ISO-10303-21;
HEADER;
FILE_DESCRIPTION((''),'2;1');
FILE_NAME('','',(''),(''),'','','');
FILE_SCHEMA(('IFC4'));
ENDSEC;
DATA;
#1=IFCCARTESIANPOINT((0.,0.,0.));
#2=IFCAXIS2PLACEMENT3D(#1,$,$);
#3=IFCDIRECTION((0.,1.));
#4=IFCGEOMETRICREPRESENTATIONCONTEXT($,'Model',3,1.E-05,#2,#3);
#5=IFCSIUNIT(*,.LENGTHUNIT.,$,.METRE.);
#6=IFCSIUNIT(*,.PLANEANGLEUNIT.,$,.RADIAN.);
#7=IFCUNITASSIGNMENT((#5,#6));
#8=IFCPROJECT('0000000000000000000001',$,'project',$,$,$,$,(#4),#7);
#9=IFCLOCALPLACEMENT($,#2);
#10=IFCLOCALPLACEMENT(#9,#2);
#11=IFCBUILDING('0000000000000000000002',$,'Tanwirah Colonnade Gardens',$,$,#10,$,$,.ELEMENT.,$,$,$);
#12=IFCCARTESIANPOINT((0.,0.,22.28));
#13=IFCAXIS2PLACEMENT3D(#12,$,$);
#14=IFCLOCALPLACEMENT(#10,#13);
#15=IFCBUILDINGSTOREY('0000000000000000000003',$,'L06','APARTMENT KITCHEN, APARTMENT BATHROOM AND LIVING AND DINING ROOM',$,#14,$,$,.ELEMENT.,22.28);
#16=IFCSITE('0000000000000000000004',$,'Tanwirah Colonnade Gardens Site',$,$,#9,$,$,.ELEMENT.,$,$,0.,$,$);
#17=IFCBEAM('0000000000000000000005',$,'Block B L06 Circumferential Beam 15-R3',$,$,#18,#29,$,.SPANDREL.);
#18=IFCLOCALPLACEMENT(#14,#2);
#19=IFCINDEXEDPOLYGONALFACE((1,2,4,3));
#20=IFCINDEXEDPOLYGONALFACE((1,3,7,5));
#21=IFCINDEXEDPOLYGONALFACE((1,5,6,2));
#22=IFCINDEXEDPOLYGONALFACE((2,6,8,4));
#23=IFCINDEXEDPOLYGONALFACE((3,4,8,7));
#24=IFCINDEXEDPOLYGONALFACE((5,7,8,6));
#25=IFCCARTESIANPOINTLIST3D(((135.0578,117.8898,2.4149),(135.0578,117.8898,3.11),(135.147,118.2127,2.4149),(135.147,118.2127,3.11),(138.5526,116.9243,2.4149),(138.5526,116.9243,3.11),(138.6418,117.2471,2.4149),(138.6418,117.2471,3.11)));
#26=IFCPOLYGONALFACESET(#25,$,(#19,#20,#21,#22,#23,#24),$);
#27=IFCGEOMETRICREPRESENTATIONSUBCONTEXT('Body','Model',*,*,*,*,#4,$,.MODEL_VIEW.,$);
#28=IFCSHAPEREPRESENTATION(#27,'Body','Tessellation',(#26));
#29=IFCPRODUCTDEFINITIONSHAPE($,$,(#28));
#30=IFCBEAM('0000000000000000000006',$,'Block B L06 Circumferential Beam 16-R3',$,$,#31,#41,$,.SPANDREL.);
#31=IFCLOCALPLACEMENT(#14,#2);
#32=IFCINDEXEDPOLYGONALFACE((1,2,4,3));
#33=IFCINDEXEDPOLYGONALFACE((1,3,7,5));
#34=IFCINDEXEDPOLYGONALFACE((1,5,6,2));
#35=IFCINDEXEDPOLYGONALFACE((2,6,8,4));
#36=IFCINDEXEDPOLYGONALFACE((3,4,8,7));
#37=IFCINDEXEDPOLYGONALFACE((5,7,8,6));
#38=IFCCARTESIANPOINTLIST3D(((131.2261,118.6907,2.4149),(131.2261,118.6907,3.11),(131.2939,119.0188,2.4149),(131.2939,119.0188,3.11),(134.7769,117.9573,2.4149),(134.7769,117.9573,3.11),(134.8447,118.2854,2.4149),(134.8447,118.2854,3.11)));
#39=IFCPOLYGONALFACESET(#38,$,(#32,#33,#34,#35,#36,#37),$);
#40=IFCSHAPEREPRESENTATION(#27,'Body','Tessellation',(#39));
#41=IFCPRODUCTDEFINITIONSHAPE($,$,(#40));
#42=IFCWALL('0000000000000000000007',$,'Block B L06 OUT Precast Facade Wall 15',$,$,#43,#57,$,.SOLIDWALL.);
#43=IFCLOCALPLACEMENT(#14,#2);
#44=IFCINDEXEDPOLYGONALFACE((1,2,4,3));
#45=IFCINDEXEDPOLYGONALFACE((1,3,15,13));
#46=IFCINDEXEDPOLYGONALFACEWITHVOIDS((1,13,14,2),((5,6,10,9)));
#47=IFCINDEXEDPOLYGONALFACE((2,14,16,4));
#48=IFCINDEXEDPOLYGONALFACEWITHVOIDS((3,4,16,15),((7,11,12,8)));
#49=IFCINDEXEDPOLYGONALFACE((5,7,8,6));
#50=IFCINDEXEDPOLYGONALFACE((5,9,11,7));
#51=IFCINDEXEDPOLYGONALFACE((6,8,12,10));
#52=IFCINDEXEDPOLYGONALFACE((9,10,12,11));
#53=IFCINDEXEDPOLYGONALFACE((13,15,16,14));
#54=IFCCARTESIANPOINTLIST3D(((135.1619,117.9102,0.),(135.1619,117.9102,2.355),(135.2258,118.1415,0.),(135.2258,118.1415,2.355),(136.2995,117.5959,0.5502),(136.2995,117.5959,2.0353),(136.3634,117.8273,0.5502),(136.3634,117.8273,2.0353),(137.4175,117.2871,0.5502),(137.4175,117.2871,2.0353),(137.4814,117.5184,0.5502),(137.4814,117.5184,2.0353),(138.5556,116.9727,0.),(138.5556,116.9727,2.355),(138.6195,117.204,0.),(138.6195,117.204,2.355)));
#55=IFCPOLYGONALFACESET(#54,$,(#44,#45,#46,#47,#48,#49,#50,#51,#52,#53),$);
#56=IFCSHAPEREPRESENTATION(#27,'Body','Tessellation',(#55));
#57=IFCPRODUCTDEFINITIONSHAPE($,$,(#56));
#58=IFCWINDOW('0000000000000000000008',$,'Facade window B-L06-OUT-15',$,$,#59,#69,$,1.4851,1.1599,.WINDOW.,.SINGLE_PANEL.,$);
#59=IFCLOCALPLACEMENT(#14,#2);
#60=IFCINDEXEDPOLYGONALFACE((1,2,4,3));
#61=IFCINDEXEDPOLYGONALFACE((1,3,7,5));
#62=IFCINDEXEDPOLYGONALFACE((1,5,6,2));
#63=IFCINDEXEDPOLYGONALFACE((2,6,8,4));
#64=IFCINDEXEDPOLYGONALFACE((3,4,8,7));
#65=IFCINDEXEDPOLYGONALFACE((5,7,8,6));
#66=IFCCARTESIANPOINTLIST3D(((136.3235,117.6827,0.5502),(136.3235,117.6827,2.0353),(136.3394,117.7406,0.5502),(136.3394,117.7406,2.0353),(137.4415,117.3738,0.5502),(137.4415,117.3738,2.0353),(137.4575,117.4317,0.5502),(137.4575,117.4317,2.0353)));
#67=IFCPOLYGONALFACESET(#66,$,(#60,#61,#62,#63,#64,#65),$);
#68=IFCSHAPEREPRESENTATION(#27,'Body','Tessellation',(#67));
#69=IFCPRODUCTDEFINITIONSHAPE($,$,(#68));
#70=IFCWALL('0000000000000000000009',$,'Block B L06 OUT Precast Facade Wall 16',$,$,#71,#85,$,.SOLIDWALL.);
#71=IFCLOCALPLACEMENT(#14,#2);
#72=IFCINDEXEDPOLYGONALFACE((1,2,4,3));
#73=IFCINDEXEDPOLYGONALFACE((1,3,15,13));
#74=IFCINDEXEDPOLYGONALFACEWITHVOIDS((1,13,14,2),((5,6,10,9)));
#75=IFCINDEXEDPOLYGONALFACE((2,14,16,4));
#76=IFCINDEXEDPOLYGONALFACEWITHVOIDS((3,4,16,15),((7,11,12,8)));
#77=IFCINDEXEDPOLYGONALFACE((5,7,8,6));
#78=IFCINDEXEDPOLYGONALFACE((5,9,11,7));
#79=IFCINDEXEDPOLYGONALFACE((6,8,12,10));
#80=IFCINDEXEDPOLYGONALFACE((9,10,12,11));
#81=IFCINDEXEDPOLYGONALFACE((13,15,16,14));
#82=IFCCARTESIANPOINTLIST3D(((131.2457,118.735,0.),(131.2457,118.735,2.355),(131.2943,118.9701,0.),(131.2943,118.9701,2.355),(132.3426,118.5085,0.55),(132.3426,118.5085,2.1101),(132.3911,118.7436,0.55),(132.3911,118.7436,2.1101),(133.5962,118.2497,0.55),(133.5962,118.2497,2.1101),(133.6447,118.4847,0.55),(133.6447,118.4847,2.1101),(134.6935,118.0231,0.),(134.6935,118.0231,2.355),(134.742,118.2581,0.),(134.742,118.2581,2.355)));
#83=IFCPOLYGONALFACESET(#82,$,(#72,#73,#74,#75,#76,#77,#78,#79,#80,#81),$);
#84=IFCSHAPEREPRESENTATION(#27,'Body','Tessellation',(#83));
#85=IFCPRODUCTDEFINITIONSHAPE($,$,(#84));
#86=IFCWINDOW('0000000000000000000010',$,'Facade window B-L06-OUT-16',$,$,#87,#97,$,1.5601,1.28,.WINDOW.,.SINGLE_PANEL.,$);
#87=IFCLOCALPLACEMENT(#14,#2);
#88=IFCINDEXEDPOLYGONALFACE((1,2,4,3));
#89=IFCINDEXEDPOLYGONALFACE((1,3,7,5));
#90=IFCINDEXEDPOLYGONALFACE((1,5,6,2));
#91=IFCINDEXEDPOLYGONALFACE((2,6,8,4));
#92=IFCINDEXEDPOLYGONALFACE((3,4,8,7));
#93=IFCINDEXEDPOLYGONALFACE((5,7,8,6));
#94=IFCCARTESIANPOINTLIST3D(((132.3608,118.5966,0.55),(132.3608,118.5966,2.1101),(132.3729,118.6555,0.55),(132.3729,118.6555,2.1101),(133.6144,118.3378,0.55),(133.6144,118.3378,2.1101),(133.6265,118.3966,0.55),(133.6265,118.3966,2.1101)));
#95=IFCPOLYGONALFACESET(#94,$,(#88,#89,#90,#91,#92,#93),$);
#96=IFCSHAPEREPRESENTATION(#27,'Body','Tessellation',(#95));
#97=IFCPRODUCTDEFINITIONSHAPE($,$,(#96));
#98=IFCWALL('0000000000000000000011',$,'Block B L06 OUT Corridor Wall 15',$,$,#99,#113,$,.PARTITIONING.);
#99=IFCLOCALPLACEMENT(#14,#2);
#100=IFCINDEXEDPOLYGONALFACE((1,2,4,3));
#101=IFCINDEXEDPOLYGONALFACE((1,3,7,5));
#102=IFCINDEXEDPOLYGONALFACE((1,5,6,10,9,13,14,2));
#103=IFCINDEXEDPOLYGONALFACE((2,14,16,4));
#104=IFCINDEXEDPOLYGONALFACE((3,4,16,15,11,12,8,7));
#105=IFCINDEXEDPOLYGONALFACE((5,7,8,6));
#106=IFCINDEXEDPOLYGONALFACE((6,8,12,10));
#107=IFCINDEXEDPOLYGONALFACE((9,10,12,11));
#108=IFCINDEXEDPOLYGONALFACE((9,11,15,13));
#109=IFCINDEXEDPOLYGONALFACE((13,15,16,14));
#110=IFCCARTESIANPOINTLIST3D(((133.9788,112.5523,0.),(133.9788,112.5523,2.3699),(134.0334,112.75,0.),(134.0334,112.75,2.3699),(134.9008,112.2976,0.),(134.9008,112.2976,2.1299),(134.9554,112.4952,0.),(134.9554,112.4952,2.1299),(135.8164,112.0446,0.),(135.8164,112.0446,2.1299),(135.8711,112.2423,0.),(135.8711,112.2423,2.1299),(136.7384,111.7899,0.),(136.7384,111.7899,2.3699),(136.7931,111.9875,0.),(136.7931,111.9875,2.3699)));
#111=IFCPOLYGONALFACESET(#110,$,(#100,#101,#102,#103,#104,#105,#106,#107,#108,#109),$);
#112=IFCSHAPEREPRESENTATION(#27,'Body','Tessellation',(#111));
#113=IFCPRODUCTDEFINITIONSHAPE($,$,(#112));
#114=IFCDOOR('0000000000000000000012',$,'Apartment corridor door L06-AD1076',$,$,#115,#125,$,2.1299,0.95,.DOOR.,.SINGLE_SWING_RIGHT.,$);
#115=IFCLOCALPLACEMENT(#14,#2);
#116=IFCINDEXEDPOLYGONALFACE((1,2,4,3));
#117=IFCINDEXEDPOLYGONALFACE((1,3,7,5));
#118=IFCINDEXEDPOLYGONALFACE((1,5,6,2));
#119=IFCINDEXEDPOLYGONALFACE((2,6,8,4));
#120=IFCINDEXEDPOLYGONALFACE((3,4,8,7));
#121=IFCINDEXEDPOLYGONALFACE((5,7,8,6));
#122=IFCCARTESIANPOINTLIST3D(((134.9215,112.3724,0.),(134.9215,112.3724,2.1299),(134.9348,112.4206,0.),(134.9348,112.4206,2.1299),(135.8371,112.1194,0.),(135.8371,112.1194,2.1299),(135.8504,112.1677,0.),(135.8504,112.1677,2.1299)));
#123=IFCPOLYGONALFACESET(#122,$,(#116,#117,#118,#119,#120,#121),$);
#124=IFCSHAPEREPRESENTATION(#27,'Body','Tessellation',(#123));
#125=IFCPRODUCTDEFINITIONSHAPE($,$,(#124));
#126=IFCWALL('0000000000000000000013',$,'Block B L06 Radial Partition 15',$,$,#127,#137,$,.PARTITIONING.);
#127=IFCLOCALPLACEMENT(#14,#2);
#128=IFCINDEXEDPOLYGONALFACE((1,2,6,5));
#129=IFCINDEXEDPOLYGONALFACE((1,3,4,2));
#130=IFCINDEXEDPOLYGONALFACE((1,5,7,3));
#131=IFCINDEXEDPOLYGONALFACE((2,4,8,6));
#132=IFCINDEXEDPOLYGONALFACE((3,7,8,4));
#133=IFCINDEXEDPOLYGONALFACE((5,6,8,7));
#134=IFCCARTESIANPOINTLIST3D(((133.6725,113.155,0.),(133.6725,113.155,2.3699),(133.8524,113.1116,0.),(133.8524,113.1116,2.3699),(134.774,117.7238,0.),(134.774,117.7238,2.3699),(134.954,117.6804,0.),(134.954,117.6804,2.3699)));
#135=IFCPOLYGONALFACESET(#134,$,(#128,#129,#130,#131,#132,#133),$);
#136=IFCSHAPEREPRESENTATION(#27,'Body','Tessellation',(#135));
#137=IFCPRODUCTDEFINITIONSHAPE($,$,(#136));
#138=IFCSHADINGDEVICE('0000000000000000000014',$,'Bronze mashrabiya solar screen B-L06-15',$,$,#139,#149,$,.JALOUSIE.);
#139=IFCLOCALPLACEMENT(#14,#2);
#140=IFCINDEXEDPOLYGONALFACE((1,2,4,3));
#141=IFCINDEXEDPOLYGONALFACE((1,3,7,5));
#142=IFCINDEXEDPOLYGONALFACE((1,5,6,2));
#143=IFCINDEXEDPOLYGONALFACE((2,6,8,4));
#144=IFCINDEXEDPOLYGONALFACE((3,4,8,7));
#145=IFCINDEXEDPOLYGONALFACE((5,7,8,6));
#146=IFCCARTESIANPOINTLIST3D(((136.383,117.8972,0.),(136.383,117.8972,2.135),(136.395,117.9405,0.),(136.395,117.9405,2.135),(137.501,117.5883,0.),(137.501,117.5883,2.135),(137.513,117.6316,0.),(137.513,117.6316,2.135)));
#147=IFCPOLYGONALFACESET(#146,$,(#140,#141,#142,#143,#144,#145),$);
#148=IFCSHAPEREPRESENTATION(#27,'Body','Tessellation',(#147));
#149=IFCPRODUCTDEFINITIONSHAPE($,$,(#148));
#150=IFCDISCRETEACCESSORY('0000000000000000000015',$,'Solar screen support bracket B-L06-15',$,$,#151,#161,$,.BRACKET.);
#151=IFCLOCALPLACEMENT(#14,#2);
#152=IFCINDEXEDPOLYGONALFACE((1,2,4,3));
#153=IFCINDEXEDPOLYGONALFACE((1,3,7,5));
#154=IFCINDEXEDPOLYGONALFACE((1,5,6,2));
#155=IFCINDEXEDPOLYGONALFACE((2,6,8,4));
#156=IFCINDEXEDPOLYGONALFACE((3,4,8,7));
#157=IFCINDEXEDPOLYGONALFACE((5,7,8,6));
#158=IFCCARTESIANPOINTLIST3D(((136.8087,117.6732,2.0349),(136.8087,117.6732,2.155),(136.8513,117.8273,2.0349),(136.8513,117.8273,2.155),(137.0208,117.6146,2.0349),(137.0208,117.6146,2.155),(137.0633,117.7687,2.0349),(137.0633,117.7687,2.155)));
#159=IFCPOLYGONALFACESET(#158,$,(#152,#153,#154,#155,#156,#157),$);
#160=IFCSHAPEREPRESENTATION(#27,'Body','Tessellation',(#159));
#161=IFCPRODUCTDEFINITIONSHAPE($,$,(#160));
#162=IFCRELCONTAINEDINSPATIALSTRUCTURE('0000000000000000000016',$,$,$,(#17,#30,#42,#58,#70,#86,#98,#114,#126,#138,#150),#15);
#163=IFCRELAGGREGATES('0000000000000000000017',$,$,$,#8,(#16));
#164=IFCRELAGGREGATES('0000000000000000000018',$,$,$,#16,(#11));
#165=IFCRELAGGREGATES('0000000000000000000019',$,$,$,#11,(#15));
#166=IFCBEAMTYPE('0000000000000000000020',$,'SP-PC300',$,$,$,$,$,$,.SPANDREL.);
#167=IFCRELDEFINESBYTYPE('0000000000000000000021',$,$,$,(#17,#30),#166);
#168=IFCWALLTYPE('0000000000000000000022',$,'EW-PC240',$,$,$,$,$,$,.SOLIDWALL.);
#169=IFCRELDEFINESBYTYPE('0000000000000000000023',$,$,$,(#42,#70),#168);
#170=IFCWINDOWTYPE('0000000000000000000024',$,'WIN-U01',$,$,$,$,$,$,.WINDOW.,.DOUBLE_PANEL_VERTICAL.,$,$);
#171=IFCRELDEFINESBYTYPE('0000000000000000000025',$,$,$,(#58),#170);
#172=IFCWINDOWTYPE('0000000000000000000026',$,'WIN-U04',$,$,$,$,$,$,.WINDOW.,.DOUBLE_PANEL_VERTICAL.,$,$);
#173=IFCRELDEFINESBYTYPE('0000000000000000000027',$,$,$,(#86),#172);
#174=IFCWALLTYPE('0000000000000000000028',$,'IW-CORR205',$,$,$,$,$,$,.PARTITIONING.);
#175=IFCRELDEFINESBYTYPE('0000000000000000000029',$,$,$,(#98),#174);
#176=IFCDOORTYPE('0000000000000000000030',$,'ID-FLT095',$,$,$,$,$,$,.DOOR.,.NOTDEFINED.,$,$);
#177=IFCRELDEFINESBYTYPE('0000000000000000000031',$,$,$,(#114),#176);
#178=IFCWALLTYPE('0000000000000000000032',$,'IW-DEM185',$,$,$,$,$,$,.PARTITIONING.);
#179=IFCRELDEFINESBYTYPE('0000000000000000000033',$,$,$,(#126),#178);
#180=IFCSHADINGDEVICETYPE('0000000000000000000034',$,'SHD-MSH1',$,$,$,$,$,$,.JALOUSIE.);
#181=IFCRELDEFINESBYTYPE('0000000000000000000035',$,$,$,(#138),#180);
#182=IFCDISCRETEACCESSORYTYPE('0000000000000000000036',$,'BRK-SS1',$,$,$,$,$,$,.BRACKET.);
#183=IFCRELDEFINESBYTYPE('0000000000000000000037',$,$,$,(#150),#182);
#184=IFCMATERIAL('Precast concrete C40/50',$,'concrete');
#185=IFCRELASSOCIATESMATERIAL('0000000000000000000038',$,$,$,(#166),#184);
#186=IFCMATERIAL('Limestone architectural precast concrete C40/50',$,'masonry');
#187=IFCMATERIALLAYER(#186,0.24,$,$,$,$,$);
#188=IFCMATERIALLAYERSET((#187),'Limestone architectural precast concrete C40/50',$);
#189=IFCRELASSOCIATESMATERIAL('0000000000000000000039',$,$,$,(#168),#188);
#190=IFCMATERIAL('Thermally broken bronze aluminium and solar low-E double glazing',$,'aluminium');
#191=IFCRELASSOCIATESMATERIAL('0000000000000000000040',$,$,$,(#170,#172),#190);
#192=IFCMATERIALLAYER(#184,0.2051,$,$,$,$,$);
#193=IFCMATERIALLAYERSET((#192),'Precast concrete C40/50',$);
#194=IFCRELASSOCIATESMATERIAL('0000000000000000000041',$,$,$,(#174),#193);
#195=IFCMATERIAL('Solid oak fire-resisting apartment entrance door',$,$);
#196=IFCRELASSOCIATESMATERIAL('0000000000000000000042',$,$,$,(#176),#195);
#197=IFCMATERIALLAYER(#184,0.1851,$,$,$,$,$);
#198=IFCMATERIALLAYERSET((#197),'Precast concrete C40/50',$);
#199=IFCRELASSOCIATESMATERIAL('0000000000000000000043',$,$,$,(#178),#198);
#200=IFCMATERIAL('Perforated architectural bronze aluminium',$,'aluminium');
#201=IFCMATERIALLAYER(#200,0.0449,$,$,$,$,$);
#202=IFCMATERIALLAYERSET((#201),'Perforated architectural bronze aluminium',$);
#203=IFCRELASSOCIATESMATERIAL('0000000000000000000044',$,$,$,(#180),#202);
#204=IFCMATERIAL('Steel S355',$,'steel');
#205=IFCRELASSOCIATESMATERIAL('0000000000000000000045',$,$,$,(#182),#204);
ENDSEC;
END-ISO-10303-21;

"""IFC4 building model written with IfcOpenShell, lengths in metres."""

from ifc_helpers import new_model, si_unit, direction, frame, frame_2d, origin, origin_2d, place, context, subcontext, project, spatial, rectangle, extrude, material, layer, layer_set, material_profile, profile_set, type_object, element, fill, save


model = new_model("IFC4")

# Units and contexts
model_context = context("Model", 3, precision=1e-05, world=origin(), true_north=direction((0.0, 1.0)))
body_context = subcontext(model_context, "Body", "Model", "MODEL_VIEW")
ifc_project = project(units=[si_unit("LENGTHUNIT", "METRE"), si_unit("PLANEANGLEUNIT", "RADIAN")], contexts=[model_context])

# Site, building, storey
site_placement = place(None, origin())
site = spatial("IfcSite", under=ifc_project, at=site_placement, Name="Tanwirah Colonnade Gardens Site", CompositionType="ELEMENT", RefElevation=0.0)
building_placement = place(site_placement, origin())
building = spatial("IfcBuilding", under=site, at=building_placement, Name="Tanwirah Colonnade Gardens", CompositionType="ELEMENT")
storey_placement = place(building_placement, frame((0.0, 0.0, 22.28)))
storey = spatial("IfcBuildingStorey", under=building, at=storey_placement, Name="L06", Description="APARTMENT KITCHEN, APARTMENT BATHROOM AND LIVING AND DINING ROOM", CompositionType="ELEMENT", Elevation=22.28)

# Shared definitions
ifc_material_1 = material(Name="Precast concrete C40/50", Category="concrete")

# Beams
ifc_material_profile_1 = material_profile(ifc_material_1, rectangle(XDim=0.335, YDim=0.6951, at=origin_2d()), Name="PC-SP 335x695")
ifc_profile_set_1 = profile_set([ifc_material_profile_1], Name="Precast concrete C40/50")
beam_type_1 = type_object("IfcBeamType", Name="SP-PC300", PredefinedType="SPANDREL", material=ifc_profile_set_1)
for number, where, z_axis, x_axis, name in (
    (1, (138.5972, 117.0857, 2.7625), (-0.963888, 0.266307, 0.0), (-0.266307, -0.963888, 0.0), "Block B L06 Circumferential Beam 15-R3"),
    (2, (134.8108, 118.1213, 2.7625), (-0.979329, 0.202276, 0.0), (-0.202276, -0.979329, 0.0), "Block B L06 Circumferential Beam 16-R3"),
):
    element("IfcBeam", number, at=place(storey_placement, frame(where, z_axis=z_axis, x_axis=x_axis)), inside=storey, type_object=beam_type_1, Name=name, PredefinedType="SPANDREL", context=body_context, shape_type="SweptSolid", body=[
        extrude(rectangle(XDim=0.335, YDim=0.6951, at=origin_2d()), origin(), (0.0, 0.0, 1.0), 3.6257),
    ])

# Walls, openings, windows
ifc_material_2 = material(Name="Limestone architectural precast concrete C40/50", Category="masonry")
ifc_layer_1 = layer(ifc_material_2, 0.24)
ifc_layer_set_1 = layer_set([ifc_layer_1], Name="Limestone architectural precast concrete C40/50")
wall_type_1 = type_object("IfcWallType", Name="EW-PC240", PredefinedType="SOLIDWALL", material=ifc_layer_set_1)
wall_1_placement = place(storey_placement, frame((138.5874, 117.0884, 0.0), z_axis=(0.0, 0.0, 1.0), x_axis=(-0.963894, 0.266285, 0.0)))
wall_1 = element("IfcWall", 3, at=wall_1_placement, inside=storey, type_object=wall_type_1, Name="Block B L06 OUT Precast Facade Wall 15", PredefinedType="SOLIDWALL", context=body_context, shape_type="SweptSolid", body=[
    extrude(rectangle(XDim=3.5208, YDim=0.24, at=frame_2d((1.7603, 0.0))), origin(), (0.0, 0.0, 1.0), 2.355),
])
opening_1_placement = place(wall_1_placement, frame((1.1804, 0.0, 0.55)))
opening_1 = element("IfcOpeningElement", 4, at=opening_1_placement, cuts=wall_1, PredefinedType="OPENING", context=body_context, shape_type="SweptSolid", body=[
    extrude(rectangle(XDim=1.1599, YDim=1.4851, at=frame_2d((0.5801, 0.7427))), frame((0.0, 0.1299, 0.0), z_axis=(0.0, -1.0, 0.0), x_axis=(1.0, 0.0, 0.0)), (0.0, 0.0, 1.0), 0.26),
])
ifc_material_3 = material(Name="Thermally broken bronze aluminium and solar low-E double glazing", Category="aluminium")
window_type_1 = type_object("IfcWindowType", Name="WIN-U01", PartitioningType="DOUBLE_PANEL_VERTICAL", PredefinedType="WINDOW", material=ifc_material_3)
window_1_placement = place(opening_1_placement, origin())
window_1 = element("IfcWindow", 5, at=window_1_placement, inside=storey, type_object=window_type_1, Name="Facade window B-L06-OUT-15", OverallHeight=1.4851, OverallWidth=1.1599, PartitioningType="SINGLE_PANEL", PredefinedType="WINDOW", context=body_context, shape_type="SweptSolid", body=[
    extrude(rectangle(XDim=1.1599, YDim=1.4851, at=frame_2d((0.5801, 0.7427))), frame((0.0, 0.03, 0.0), z_axis=(0.0, -1.0, 0.0), x_axis=(1.0, 0.0, 0.0)), (0.0, 0.0, 1.0), 0.0601),
])
fill(opening_1, window_1)
wall_2_placement = place(storey_placement, frame((134.7178, 118.1406, 0.0), z_axis=(0.0, 0.0, 1.0), x_axis=(-0.97934, 0.20222, 0.0)))
wall_2 = element("IfcWall", 6, at=wall_2_placement, inside=storey, type_object=wall_type_1, Name="Block B L06 OUT Precast Facade Wall 16", PredefinedType="SOLIDWALL", context=body_context, shape_type="SweptSolid", body=[
    extrude(rectangle(XDim=3.5205, YDim=0.24, at=frame_2d((1.7603, 0.0))), origin(), (0.0, 0.0, 1.0), 2.355),
])
opening_2_placement = place(wall_2_placement, frame((1.1204, 0.0, 0.55)))
opening_2 = element("IfcOpeningElement", 7, at=opening_2_placement, cuts=wall_2, PredefinedType="OPENING", context=body_context, shape_type="SweptSolid", body=[
    extrude(rectangle(XDim=1.28, YDim=1.5601, at=frame_2d((0.6401, 0.78))), frame((0.0, 0.1299, 0.0), z_axis=(0.0, -1.0, 0.0), x_axis=(1.0, 0.0, 0.0)), (0.0, 0.0, 1.0), 0.26),
])
window_type_2 = type_object("IfcWindowType", Name="WIN-U04", PartitioningType="DOUBLE_PANEL_VERTICAL", PredefinedType="WINDOW", material=ifc_material_3)
window_2_placement = place(opening_2_placement, origin())
window_2 = element("IfcWindow", 8, at=window_2_placement, inside=storey, type_object=window_type_2, Name="Facade window B-L06-OUT-16", OverallHeight=1.5601, OverallWidth=1.28, PartitioningType="SINGLE_PANEL", PredefinedType="WINDOW", context=body_context, shape_type="SweptSolid", body=[
    extrude(rectangle(XDim=1.28, YDim=1.5601, at=frame_2d((0.6401, 0.78))), frame((0.0, 0.03, 0.0), z_axis=(0.0, -1.0, 0.0), x_axis=(1.0, 0.0, 0.0)), (0.0, 0.0, 1.0), 0.0601),
])
fill(opening_2, window_2)

# Wall, opening, door
ifc_layer_2 = layer(ifc_material_1, 0.2051)
ifc_layer_set_2 = layer_set([ifc_layer_2], Name="Precast concrete C40/50")
wall_type_2 = type_object("IfcWallType", Name="IW-CORR205", PredefinedType="PARTITIONING", material=ifc_layer_set_2)
wall_3_placement = place(storey_placement, frame((136.7659, 111.8887, 0.0), z_axis=(0.0, 0.0, 1.0), x_axis=(-0.963891, 0.266298, 0.0)))
wall_3 = element("IfcWall", 9, at=wall_3_placement, inside=storey, type_object=wall_type_2, Name="Block B L06 OUT Corridor Wall 15", PredefinedType="PARTITIONING", context=body_context, shape_type="SweptSolid", body=[
    extrude(rectangle(XDim=2.863, YDim=0.2051, at=frame_2d((1.4316, 0.0))), origin(), (0.0, 0.0, 1.0), 2.3699),
])
opening_3_placement = place(wall_3_placement, frame((0.9565, 0.0, 0.0)))
opening_3 = element("IfcOpeningElement", 10, at=opening_3_placement, cuts=wall_3, PredefinedType="OPENING", context=body_context, shape_type="SweptSolid", body=[
    extrude(rectangle(XDim=0.95, YDim=2.1299, at=frame_2d((0.4751, 1.0649))), frame((0.0, 0.1125, 0.0), z_axis=(0.0, -1.0, 0.0), x_axis=(1.0, 0.0, 0.0)), (0.0, 0.0, 1.0), 0.2251),
])
ifc_material_4 = material(Name="Solid oak fire-resisting apartment entrance door")
door_type_1 = type_object("IfcDoorType", Name="ID-FLT095", OperationType="NOTDEFINED", PredefinedType="DOOR", material=ifc_material_4)
door_1_placement = place(opening_3_placement, origin())
door_1 = element("IfcDoor", 11, at=door_1_placement, inside=storey, type_object=door_type_1, Name="Apartment corridor door L06-AD1076", OperationType="SINGLE_SWING_RIGHT", OverallHeight=2.1299, OverallWidth=0.95, PredefinedType="DOOR", context=body_context, shape_type="SweptSolid", body=[
    extrude(rectangle(XDim=0.95, YDim=2.1299, at=frame_2d((0.4751, 1.0649))), frame((0.0, 0.0249, 0.0), z_axis=(0.0, -1.0, 0.0), x_axis=(1.0, 0.0, 0.0)), (0.0, 0.0, 1.0), 0.05),
])
fill(opening_3, door_1)

# Wall
ifc_layer_3 = layer(ifc_material_1, 0.1851)
ifc_layer_set_3 = layer_set([ifc_layer_3], Name="Precast concrete C40/50")
wall_type_3 = type_object("IfcWallType", Name="IW-DEM185", PredefinedType="PARTITIONING", material=ifc_layer_set_3)
wall_4_placement = place(storey_placement, frame((133.7625, 113.1333, 0.0), z_axis=(0.0, 0.0, 1.0), x_axis=(0.234387, 0.972143, 0.0)))
element("IfcWall", 12, at=wall_4_placement, inside=storey, type_object=wall_type_3, Name="Block B L06 Radial Partition 15", PredefinedType="PARTITIONING", context=body_context, shape_type="SweptSolid", body=[
    extrude(rectangle(XDim=4.6997, YDim=0.1851, at=frame_2d((2.3499, 0.0))), origin(), (0.0, 0.0, 1.0), 2.3699),
])

# Shading device
ifc_material_5 = material(Name="Perforated architectural bronze aluminium", Category="aluminium")
ifc_layer_4 = layer(ifc_material_5, 0.0449)
ifc_layer_set_4 = layer_set([ifc_layer_4], Name="Perforated architectural bronze aluminium")
shading_device_type = type_object("IfcShadingDeviceType", Name="SHD-MSH1", PredefinedType="JALOUSIE", material=ifc_layer_set_4)
shading_device_placement = place(storey_placement, frame((136.948, 117.7644, 0.0), z_axis=(0.0, 0.0, 1.0), x_axis=(-0.963889, 0.266305, 0.0)))
element("IfcShadingDevice", 13, at=shading_device_placement, inside=storey, type_object=shading_device_type, Name="Bronze mashrabiya solar screen B-L06-15", PredefinedType="JALOUSIE", context=body_context, shape_type="SweptSolid", body=[
    extrude(rectangle(XDim=1.1599, YDim=0.0449, at=origin_2d()), origin(), (0.0, 0.0, 1.0), 2.135),
])

# Discrete accessory
ifc_material_6 = material(Name="Steel S355", Category="steel")
discrete_accessory_type = type_object("IfcDiscreteAccessoryType", Name="BRK-SS1", PredefinedType="BRACKET", material=ifc_material_6)
discrete_accessory_placement = place(storey_placement, frame((136.936, 117.7209, 2.0349), z_axis=(0.0, 0.0, 1.0), x_axis=(-0.963889, 0.266305, 0.0)))
element("IfcDiscreteAccessory", 14, at=discrete_accessory_placement, inside=storey, type_object=discrete_accessory_type, Name="Solar screen support bracket B-L06-15", PredefinedType="BRACKET", context=body_context, shape_type="SweptSolid", body=[
    extrude(rectangle(XDim=0.22, YDim=0.1599, at=origin_2d()), origin(), (0.0, 0.0, 1.0), 0.1201),
])

save(model, "model.ifc")
